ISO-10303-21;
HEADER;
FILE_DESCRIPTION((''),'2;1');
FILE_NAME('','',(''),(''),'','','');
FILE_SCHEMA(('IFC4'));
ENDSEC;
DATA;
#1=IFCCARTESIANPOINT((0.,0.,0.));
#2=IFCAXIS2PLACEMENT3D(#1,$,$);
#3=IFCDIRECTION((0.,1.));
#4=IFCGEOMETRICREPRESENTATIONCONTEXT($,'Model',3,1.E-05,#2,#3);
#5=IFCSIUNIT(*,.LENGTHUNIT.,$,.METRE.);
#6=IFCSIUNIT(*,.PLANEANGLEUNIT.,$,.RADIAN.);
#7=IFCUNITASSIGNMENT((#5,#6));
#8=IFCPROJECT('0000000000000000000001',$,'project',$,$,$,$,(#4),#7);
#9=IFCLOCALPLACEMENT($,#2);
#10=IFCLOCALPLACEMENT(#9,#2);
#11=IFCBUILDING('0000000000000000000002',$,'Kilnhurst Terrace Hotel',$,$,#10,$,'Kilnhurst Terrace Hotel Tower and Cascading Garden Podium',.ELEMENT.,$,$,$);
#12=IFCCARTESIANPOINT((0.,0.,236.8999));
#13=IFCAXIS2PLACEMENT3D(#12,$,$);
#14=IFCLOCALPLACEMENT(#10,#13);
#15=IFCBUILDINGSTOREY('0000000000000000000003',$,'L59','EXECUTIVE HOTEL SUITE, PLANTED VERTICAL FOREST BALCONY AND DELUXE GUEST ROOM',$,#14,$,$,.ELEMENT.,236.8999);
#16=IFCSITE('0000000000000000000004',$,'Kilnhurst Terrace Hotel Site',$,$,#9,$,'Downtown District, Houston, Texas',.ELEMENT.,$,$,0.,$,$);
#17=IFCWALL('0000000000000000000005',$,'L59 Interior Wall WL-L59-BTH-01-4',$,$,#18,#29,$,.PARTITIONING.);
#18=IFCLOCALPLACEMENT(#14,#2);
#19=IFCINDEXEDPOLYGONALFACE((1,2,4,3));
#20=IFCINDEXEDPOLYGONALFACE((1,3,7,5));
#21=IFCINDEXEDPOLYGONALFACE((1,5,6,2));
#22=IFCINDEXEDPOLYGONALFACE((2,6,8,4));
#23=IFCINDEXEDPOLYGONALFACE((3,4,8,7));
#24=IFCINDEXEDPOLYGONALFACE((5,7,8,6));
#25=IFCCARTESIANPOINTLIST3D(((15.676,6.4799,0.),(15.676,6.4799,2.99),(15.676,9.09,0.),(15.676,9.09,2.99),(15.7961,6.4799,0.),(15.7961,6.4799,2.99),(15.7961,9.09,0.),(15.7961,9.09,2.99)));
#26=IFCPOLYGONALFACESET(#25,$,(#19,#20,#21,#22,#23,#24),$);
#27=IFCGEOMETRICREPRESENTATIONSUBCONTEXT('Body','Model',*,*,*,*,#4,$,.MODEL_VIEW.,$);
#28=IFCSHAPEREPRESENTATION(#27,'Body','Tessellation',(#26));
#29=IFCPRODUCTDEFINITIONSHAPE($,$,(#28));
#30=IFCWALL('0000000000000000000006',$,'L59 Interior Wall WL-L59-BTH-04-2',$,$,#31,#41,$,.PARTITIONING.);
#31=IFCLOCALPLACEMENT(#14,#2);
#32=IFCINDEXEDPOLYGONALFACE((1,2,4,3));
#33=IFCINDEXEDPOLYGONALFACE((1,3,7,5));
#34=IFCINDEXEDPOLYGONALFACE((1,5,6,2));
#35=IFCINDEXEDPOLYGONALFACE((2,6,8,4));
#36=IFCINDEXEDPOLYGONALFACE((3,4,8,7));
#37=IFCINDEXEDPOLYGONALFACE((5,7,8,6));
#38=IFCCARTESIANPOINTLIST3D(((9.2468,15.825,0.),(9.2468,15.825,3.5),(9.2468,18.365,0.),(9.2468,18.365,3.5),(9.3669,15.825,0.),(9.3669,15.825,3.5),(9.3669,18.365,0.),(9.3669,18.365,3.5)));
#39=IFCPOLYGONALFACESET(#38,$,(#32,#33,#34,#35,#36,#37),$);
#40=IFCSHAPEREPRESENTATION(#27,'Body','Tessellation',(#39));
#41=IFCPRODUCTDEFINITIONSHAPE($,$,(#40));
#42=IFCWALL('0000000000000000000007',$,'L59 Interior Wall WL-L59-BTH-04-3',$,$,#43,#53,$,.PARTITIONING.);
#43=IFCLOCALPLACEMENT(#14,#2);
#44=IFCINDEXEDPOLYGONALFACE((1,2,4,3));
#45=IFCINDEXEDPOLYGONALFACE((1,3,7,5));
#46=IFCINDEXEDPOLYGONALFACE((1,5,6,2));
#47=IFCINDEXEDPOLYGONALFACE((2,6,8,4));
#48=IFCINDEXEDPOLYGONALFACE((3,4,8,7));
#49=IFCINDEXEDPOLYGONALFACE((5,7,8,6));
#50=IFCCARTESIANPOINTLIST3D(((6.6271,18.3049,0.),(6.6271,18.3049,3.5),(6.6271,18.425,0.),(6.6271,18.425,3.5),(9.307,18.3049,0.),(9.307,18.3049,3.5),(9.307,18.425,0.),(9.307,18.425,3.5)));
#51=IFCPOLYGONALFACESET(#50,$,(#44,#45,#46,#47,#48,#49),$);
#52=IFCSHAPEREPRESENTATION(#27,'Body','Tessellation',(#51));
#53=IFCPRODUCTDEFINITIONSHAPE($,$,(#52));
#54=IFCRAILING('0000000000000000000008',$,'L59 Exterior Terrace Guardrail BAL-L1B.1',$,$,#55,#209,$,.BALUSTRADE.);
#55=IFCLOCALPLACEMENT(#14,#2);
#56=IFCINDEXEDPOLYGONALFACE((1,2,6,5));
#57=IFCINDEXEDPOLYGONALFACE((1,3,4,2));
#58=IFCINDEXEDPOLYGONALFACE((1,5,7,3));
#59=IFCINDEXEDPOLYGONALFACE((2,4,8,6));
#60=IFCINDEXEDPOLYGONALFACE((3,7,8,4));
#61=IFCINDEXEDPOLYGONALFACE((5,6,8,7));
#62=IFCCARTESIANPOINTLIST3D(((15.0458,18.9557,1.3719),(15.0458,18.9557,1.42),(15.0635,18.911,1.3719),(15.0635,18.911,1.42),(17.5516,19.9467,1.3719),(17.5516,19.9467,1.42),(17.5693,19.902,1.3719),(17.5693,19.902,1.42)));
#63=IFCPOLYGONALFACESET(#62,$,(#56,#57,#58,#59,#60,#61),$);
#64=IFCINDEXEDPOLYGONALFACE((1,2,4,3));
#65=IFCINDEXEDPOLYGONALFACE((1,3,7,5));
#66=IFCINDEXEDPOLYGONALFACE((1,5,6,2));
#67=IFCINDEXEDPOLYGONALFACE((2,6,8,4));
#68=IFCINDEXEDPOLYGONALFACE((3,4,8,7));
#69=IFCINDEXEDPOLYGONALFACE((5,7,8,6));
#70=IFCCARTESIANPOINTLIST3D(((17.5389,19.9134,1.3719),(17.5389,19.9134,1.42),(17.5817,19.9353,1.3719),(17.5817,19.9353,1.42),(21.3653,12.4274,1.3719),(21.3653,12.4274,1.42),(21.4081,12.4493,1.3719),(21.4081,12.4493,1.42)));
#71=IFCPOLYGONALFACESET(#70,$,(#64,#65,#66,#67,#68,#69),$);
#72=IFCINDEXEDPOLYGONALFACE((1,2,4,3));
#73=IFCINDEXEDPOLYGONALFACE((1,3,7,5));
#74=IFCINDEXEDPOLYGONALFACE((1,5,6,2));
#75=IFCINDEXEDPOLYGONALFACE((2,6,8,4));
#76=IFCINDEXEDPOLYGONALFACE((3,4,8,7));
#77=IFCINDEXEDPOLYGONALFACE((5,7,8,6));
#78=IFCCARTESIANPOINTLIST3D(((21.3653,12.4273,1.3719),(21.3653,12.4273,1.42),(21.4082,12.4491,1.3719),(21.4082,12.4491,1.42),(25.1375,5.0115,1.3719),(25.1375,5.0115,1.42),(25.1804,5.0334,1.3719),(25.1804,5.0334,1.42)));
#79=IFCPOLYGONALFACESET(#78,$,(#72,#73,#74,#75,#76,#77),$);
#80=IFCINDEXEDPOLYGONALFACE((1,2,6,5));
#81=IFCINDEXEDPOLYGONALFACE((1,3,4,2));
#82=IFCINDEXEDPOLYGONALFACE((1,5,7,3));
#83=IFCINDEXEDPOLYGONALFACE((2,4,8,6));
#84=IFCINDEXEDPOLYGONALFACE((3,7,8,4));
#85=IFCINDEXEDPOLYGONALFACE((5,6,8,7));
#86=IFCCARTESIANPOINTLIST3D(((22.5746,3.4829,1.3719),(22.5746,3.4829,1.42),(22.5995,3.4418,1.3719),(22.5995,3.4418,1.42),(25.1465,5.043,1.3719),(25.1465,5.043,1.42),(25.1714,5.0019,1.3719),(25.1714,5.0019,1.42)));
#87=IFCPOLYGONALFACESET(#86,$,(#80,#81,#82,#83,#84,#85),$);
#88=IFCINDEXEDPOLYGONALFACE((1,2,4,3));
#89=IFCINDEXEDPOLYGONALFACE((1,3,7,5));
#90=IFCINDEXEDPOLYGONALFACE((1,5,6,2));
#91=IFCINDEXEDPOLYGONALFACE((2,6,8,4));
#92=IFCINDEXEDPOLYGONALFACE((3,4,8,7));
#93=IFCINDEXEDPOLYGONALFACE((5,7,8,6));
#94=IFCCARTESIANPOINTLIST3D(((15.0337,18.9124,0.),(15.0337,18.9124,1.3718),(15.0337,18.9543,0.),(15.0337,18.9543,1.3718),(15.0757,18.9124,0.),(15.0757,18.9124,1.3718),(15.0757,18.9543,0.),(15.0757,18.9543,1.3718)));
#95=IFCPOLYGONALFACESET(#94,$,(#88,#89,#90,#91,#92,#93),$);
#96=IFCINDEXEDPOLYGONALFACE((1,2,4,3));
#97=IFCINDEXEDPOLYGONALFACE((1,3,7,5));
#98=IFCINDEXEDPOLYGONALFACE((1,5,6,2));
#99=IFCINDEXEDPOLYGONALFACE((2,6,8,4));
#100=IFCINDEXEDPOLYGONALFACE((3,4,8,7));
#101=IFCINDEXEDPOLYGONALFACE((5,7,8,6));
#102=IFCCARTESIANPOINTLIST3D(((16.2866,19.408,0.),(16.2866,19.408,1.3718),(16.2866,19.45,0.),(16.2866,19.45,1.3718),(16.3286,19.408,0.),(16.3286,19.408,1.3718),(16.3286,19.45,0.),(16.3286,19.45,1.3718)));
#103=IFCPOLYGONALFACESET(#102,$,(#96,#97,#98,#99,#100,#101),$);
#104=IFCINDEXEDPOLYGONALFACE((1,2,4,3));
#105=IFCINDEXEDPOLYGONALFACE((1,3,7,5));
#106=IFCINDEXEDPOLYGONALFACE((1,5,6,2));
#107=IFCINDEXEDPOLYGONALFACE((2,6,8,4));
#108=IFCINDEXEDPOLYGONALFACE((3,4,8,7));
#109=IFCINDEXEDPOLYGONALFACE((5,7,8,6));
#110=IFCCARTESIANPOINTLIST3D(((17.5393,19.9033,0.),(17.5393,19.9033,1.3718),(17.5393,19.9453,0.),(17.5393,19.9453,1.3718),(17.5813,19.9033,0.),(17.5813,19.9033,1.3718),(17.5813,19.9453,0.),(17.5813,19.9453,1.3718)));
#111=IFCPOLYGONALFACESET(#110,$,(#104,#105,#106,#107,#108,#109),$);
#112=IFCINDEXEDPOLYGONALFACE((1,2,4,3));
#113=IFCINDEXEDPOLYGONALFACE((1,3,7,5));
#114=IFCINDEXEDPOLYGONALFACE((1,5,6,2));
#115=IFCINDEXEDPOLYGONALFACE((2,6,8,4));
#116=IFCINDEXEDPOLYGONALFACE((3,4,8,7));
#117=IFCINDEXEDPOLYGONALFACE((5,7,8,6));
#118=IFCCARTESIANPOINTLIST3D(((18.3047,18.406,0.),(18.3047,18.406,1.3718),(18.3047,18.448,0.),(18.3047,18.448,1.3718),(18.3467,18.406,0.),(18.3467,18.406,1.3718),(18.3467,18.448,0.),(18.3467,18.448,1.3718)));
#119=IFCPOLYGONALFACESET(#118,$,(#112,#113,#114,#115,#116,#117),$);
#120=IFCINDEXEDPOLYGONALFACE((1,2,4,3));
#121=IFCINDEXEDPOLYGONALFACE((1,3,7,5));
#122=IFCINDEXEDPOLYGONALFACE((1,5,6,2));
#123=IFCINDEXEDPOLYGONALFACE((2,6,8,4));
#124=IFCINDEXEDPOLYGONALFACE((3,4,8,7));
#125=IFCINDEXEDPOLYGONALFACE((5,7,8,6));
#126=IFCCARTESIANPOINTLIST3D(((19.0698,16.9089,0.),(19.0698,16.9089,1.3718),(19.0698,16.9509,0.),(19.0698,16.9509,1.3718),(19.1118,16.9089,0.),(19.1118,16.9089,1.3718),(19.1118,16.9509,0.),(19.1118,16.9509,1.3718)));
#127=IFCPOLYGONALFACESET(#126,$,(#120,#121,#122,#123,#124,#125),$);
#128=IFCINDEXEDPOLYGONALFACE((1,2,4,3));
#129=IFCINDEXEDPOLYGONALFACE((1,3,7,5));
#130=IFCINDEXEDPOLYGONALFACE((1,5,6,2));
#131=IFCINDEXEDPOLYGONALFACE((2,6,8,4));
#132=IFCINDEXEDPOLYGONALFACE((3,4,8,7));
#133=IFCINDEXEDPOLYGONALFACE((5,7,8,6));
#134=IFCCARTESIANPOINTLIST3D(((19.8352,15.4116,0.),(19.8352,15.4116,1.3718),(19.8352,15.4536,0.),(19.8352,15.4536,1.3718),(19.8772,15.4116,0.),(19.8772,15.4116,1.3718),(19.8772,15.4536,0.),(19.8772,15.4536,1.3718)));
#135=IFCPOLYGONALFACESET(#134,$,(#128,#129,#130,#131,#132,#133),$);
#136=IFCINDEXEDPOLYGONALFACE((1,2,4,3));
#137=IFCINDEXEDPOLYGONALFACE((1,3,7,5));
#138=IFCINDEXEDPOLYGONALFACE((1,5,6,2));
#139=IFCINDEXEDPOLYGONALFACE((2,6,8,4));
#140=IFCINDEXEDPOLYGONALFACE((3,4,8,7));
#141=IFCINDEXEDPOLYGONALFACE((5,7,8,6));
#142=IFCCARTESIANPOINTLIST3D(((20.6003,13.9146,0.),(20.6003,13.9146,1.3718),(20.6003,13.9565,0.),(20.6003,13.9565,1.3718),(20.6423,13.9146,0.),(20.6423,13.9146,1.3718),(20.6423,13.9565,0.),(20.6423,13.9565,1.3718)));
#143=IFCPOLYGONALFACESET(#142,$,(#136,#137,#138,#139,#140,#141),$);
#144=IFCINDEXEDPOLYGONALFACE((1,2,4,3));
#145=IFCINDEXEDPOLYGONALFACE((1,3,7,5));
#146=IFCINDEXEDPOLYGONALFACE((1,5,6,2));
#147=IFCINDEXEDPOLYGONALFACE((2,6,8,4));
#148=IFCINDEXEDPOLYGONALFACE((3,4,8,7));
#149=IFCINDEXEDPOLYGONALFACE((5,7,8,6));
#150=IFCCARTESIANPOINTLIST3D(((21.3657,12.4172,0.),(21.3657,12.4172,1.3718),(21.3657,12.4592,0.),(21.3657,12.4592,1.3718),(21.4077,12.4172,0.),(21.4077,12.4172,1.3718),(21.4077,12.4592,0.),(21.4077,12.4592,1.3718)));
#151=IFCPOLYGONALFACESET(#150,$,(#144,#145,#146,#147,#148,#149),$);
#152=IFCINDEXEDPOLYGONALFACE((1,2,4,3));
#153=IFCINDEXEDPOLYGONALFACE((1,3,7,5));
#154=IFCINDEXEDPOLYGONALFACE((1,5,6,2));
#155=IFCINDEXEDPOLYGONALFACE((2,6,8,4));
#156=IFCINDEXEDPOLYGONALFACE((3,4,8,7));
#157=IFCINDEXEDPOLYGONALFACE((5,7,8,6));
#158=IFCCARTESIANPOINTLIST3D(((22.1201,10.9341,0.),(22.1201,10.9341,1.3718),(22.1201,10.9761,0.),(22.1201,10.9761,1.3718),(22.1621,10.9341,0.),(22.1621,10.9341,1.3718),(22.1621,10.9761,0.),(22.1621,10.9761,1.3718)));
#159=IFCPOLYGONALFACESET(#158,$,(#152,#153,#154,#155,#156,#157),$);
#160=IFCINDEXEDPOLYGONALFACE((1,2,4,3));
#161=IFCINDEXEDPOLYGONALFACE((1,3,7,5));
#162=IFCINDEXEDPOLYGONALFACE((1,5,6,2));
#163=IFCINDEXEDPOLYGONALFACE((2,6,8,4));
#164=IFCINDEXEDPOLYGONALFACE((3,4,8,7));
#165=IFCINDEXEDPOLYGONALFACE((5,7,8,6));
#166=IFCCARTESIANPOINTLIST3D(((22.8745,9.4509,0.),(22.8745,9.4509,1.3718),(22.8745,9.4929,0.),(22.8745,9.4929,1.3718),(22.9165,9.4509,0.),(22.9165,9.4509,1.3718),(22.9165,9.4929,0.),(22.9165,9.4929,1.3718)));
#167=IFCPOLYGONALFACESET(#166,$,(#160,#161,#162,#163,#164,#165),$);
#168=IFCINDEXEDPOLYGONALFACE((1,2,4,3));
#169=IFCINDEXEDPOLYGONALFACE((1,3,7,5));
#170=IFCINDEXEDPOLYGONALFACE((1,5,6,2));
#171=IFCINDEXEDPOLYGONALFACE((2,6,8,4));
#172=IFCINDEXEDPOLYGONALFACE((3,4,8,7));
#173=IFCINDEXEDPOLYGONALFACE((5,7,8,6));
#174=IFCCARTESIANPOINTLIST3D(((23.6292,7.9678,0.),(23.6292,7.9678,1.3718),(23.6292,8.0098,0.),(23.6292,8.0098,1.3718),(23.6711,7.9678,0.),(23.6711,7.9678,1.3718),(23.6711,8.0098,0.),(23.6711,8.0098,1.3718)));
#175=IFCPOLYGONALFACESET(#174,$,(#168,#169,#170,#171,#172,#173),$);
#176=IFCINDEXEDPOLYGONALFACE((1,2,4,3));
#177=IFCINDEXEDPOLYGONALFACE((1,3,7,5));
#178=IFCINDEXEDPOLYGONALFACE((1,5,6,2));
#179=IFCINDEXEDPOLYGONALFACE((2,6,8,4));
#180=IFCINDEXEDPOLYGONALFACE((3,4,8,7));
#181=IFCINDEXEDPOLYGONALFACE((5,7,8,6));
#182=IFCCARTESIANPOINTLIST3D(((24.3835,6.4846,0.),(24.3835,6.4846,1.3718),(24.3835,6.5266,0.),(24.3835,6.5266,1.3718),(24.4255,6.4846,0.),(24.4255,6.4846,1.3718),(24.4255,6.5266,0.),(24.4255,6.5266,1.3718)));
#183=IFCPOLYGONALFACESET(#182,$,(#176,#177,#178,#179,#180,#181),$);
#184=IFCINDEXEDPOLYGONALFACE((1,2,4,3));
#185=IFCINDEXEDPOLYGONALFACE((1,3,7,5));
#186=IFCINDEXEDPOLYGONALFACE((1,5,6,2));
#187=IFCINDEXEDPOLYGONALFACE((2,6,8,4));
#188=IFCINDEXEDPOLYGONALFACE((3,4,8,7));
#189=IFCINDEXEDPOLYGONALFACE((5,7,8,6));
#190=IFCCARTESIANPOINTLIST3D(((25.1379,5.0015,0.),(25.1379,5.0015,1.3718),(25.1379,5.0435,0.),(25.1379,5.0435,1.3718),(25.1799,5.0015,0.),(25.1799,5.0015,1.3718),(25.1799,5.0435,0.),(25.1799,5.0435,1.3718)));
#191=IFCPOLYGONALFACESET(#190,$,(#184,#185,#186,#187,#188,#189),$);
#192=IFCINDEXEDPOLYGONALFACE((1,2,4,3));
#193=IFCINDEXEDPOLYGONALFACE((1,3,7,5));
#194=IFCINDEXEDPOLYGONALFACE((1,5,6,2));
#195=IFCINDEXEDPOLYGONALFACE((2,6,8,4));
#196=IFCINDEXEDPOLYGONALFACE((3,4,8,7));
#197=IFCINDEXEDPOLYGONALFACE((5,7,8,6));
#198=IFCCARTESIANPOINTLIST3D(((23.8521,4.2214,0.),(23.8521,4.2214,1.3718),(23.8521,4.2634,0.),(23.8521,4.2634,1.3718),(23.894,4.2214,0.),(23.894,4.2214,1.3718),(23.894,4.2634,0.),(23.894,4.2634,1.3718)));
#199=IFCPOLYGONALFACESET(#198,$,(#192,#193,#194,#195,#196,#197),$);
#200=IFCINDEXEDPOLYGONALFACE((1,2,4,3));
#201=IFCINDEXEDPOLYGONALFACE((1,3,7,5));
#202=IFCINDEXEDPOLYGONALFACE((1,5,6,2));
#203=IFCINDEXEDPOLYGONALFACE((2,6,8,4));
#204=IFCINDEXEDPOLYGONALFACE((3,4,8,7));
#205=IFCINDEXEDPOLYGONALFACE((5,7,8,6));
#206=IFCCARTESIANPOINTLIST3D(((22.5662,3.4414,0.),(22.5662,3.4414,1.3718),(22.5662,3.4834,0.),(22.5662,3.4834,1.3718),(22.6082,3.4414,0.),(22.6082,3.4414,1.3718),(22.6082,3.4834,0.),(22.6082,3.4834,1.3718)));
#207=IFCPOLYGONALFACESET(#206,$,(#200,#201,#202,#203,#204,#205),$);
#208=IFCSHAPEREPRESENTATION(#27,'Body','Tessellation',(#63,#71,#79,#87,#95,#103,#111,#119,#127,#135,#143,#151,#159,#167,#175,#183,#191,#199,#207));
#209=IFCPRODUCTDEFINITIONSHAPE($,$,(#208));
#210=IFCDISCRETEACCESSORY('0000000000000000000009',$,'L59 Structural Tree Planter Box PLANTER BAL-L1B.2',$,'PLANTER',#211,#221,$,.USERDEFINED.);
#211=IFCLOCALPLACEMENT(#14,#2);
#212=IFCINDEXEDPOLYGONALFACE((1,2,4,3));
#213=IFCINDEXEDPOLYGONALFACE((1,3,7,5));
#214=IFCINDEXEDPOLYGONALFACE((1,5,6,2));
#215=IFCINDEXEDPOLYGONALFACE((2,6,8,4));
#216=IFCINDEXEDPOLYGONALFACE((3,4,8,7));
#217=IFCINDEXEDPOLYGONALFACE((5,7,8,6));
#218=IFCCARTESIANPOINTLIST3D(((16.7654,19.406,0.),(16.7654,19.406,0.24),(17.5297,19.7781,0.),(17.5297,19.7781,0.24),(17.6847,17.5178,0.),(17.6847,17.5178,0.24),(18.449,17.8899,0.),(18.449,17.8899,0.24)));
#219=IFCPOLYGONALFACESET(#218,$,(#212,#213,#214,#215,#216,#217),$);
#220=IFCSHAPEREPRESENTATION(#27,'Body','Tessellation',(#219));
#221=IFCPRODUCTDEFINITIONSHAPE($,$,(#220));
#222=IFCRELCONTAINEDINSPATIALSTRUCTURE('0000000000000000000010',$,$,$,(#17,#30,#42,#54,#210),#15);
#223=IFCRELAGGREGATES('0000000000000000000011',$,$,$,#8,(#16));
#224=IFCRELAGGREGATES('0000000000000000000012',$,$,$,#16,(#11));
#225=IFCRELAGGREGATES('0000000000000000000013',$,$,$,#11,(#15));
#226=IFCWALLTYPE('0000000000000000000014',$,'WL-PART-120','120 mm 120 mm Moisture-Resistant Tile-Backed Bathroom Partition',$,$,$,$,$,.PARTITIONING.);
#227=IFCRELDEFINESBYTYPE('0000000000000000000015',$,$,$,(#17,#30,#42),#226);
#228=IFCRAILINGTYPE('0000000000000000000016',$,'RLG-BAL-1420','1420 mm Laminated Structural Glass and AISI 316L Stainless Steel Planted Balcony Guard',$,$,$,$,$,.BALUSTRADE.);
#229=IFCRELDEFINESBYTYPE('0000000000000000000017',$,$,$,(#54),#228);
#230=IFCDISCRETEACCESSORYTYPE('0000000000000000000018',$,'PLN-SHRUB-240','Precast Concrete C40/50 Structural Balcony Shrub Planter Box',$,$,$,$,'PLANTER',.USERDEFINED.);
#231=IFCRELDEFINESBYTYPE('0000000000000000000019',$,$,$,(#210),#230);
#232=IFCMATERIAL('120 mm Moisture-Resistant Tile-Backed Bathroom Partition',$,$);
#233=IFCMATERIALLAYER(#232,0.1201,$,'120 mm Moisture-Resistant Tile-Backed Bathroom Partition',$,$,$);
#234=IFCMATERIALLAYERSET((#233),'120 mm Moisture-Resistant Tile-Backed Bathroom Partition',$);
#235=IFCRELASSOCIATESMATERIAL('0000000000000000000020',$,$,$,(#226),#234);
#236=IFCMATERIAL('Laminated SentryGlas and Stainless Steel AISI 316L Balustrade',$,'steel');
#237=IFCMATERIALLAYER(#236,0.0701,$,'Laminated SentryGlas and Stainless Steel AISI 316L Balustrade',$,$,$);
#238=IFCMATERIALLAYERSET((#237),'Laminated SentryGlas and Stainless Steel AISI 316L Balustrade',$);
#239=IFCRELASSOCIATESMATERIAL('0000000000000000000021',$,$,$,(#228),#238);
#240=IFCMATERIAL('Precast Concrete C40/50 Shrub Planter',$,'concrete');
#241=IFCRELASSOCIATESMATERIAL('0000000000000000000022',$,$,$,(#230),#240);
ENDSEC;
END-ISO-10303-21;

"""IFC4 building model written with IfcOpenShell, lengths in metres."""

from ifc_helpers import new_model, si_unit, direction, frame, frame_2d, origin, origin_2d, place, context, subcontext, project, spatial, rectangle, extrude, material, layer, layer_set, type_object, element, save


model = new_model("IFC4")

# Units and contexts
model_context = context("Model", 3, precision=1e-05, world=origin(), true_north=direction((0.0, 1.0)))
body_context = subcontext(model_context, "Body", "Model", "MODEL_VIEW")
ifc_project = project(units=[si_unit("LENGTHUNIT", "METRE"), si_unit("PLANEANGLEUNIT", "RADIAN")], contexts=[model_context])

# Site, building, storey
site_placement = place(None, origin())
site = spatial("IfcSite", under=ifc_project, at=site_placement, Name="Kilnhurst Terrace Hotel Site", LongName="Downtown District, Houston, Texas", CompositionType="ELEMENT", RefElevation=0.0)
building_placement = place(site_placement, origin())
building = spatial("IfcBuilding", under=site, at=building_placement, Name="Kilnhurst Terrace Hotel", LongName="Kilnhurst Terrace Hotel Tower and Cascading Garden Podium", CompositionType="ELEMENT")
storey_placement = place(building_placement, frame((0.0, 0.0, 236.8999)))
storey = spatial("IfcBuildingStorey", under=building, at=storey_placement, Name="L59", Description="EXECUTIVE HOTEL SUITE, PLANTED VERTICAL FOREST BALCONY AND DELUXE GUEST ROOM", CompositionType="ELEMENT", Elevation=236.8999)

# Walls
ifc_material_1 = material(Name="120 mm Moisture-Resistant Tile-Backed Bathroom Partition")
ifc_layer_1 = layer(ifc_material_1, 0.1201, Name="120 mm Moisture-Resistant Tile-Backed Bathroom Partition")
ifc_layer_set_1 = layer_set([ifc_layer_1], Name="120 mm Moisture-Resistant Tile-Backed Bathroom Partition")
wall_type_1 = type_object("IfcWallType", Name="WL-PART-120", Description="120 mm 120 mm Moisture-Resistant Tile-Backed Bathroom Partition", PredefinedType="PARTITIONING", material=ifc_layer_set_1)
wall_1_placement = place(storey_placement, frame((15.7361, 9.0901, 0.0), z_axis=(0.0, 0.0, 1.0), x_axis=(0.0, -1.0, 0.0)))
element("IfcWall", 1, at=wall_1_placement, inside=storey, type_object=wall_type_1, Name="L59 Interior Wall WL-L59-BTH-01-4", PredefinedType="PARTITIONING", context=body_context, shape_type="SweptSolid", body=[
    extrude(rectangle(XDim=2.6101, YDim=0.1201, at=frame_2d((1.3052, 0.0))), origin(), (0.0, 0.0, 1.0), 2.99),
])
wall_2_placement = place(storey_placement, frame((9.3069, 15.825, 0.0), z_axis=(0.0, 0.0, 1.0), x_axis=(0.0, 1.0, 0.0)))
element("IfcWall", 2, at=wall_2_placement, inside=storey, type_object=wall_type_1, Name="L59 Interior Wall WL-L59-BTH-04-2", PredefinedType="PARTITIONING", context=body_context, shape_type="SweptSolid", body=[
    extrude(rectangle(XDim=2.54, YDim=0.1201, at=frame_2d((1.27, 0.0))), origin(), (0.0, 0.0, 1.0), 3.5),
])
wall_3_placement = place(storey_placement, frame((9.3069, 18.365, 0.0), z_axis=(0.0, 0.0, 1.0), x_axis=(-1.0, 0.0, 0.0)))
element("IfcWall", 3, at=wall_3_placement, inside=storey, type_object=wall_type_1, Name="L59 Interior Wall WL-L59-BTH-04-3", PredefinedType="PARTITIONING", context=body_context, shape_type="SweptSolid", body=[
    extrude(rectangle(XDim=2.6799, YDim=0.1201, at=frame_2d((1.3398, 0.0))), origin(), (0.0, 0.0, 1.0), 3.5),
])

# Railing
ifc_material_2 = material(Name="Laminated SentryGlas and Stainless Steel AISI 316L Balustrade", Category="steel")
ifc_layer_2 = layer(ifc_material_2, 0.0701, Name="Laminated SentryGlas and Stainless Steel AISI 316L Balustrade")
ifc_layer_set_2 = layer_set([ifc_layer_2], Name="Laminated SentryGlas and Stainless Steel AISI 316L Balustrade")
railing_type = type_object("IfcRailingType", Name="RLG-BAL-1420", Description="1420 mm Laminated Structural Glass and AISI 316L Stainless Steel Planted Balcony Guard", PredefinedType="BALUSTRADE", material=ifc_layer_set_2)
railing_placement = place(storey_placement, frame((15.0547, 18.9333, 0.0)))
element("IfcRailing", 4, at=railing_placement, inside=storey, type_object=railing_type, Name="L59 Exterior Terrace Guardrail BAL-L1B.1", PredefinedType="BALUSTRADE", context=body_context, shape_type="SweptSolid", body=[
    extrude(rectangle(XDim=0.0481, YDim=0.0481, at=origin_2d()), frame((0.0, 0.0, 1.396), z_axis=(0.929913, 0.367779, 0.0), x_axis=(-0.367779, 0.929913, 0.0)), (0.0, 0.0, 1.0), 2.6946),
    extrude(rectangle(XDim=0.0481, YDim=0.0481, at=origin_2d()), frame((2.5056, 0.991, 1.396), z_axis=(0.455129, -0.890425, 0.0), x_axis=(0.890425, 0.455129, 0.0)), (0.0, 0.0, 1.0), 8.4072),
    extrude(rectangle(XDim=0.0481, YDim=0.0481, at=origin_2d()), frame((6.332, -6.4951, 1.396), z_axis=(0.453389, -0.891313, 0.0), x_axis=(0.891313, 0.453389, 0.0)), (0.0, 0.0, 1.0), 8.3201),
    extrude(rectangle(XDim=0.0481, YDim=0.0481, at=origin_2d()), frame((10.1042, -13.9109, 1.396), z_axis=(-0.854991, -0.518643, 0.0), x_axis=(0.518643, -0.854991, 0.0)), (0.0, 0.0, 1.0), 3.0081),
    extrude(rectangle(XDim=0.042, YDim=0.042, at=origin_2d()), origin(), (0.0, 0.0, 1.0), 1.3718),
    extrude(rectangle(XDim=0.042, YDim=0.042, at=origin_2d()), frame((1.2529, 0.4956, 0.0)), (0.0, 0.0, 1.0), 1.3718),
    extrude(rectangle(XDim=0.042, YDim=0.042, at=origin_2d()), frame((2.5056, 0.991, 0.0)), (0.0, 0.0, 1.0), 1.3718),
    extrude(rectangle(XDim=0.042, YDim=0.042, at=origin_2d()), frame((3.271, -0.5063, 0.0)), (0.0, 0.0, 1.0), 1.3718),
    extrude(rectangle(XDim=0.042, YDim=0.042, at=origin_2d()), frame((4.0361, -2.0034, 0.0)), (0.0, 0.0, 1.0), 1.3718),
    extrude(rectangle(XDim=0.042, YDim=0.042, at=origin_2d()), frame((4.8015, -3.5007, 0.0)), (0.0, 0.0, 1.0), 1.3718),
    extrude(rectangle(XDim=0.042, YDim=0.042, at=origin_2d()), frame((5.5667, -4.9978, 0.0)), (0.0, 0.0, 1.0), 1.3718),
    extrude(rectangle(XDim=0.042, YDim=0.042, at=origin_2d()), frame((6.332, -6.4951, 0.0)), (0.0, 0.0, 1.0), 1.3718),
    extrude(rectangle(XDim=0.042, YDim=0.042, at=origin_2d()), frame((7.0864, -7.9783, 0.0)), (0.0, 0.0, 1.0), 1.3718),
    extrude(rectangle(XDim=0.042, YDim=0.042, at=origin_2d()), frame((7.8408, -9.4614, 0.0)), (0.0, 0.0, 1.0), 1.3718),
    extrude(rectangle(XDim=0.042, YDim=0.042, at=origin_2d()), frame((8.5955, -10.9446, 0.0)), (0.0, 0.0, 1.0), 1.3718),
    extrude(rectangle(XDim=0.042, YDim=0.042, at=origin_2d()), frame((9.3499, -12.4277, 0.0)), (0.0, 0.0, 1.0), 1.3718),
    extrude(rectangle(XDim=0.042, YDim=0.042, at=origin_2d()), frame((10.1042, -13.9109, 0.0)), (0.0, 0.0, 1.0), 1.3718),
    extrude(rectangle(XDim=0.042, YDim=0.042, at=origin_2d()), frame((8.8184, -14.6909, 0.0)), (0.0, 0.0, 1.0), 1.3718),
    extrude(rectangle(XDim=0.042, YDim=0.042, at=origin_2d()), frame((7.5325, -15.4709, 0.0)), (0.0, 0.0, 1.0), 1.3718),
])

# Discrete accessory
ifc_material_3 = material(Name="Precast Concrete C40/50 Shrub Planter", Category="concrete")
discrete_accessory_type = type_object("IfcDiscreteAccessoryType", Name="PLN-SHRUB-240", Description="Precast Concrete C40/50 Structural Balcony Shrub Planter Box", ElementType="PLANTER", PredefinedType="USERDEFINED", material=ifc_material_3)
discrete_accessory_placement = place(storey_placement, frame((17.6072, 18.6479, 0.0), z_axis=(0.0, 0.0, 1.0), x_axis=(-0.437744, 0.8991, 0.0)))
element("IfcDiscreteAccessory", 5, at=discrete_accessory_placement, inside=storey, type_object=discrete_accessory_type, Name="L59 Structural Tree Planter Box PLANTER BAL-L1B.2", ObjectType="PLANTER", PredefinedType="USERDEFINED", context=body_context, shape_type="SweptSolid", body=[
    extrude(rectangle(XDim=2.1001, YDim=0.8501, at=origin_2d()), origin(), (0.0, 0.0, 1.0), 0.24),
])

save(model, "model.ifc")
